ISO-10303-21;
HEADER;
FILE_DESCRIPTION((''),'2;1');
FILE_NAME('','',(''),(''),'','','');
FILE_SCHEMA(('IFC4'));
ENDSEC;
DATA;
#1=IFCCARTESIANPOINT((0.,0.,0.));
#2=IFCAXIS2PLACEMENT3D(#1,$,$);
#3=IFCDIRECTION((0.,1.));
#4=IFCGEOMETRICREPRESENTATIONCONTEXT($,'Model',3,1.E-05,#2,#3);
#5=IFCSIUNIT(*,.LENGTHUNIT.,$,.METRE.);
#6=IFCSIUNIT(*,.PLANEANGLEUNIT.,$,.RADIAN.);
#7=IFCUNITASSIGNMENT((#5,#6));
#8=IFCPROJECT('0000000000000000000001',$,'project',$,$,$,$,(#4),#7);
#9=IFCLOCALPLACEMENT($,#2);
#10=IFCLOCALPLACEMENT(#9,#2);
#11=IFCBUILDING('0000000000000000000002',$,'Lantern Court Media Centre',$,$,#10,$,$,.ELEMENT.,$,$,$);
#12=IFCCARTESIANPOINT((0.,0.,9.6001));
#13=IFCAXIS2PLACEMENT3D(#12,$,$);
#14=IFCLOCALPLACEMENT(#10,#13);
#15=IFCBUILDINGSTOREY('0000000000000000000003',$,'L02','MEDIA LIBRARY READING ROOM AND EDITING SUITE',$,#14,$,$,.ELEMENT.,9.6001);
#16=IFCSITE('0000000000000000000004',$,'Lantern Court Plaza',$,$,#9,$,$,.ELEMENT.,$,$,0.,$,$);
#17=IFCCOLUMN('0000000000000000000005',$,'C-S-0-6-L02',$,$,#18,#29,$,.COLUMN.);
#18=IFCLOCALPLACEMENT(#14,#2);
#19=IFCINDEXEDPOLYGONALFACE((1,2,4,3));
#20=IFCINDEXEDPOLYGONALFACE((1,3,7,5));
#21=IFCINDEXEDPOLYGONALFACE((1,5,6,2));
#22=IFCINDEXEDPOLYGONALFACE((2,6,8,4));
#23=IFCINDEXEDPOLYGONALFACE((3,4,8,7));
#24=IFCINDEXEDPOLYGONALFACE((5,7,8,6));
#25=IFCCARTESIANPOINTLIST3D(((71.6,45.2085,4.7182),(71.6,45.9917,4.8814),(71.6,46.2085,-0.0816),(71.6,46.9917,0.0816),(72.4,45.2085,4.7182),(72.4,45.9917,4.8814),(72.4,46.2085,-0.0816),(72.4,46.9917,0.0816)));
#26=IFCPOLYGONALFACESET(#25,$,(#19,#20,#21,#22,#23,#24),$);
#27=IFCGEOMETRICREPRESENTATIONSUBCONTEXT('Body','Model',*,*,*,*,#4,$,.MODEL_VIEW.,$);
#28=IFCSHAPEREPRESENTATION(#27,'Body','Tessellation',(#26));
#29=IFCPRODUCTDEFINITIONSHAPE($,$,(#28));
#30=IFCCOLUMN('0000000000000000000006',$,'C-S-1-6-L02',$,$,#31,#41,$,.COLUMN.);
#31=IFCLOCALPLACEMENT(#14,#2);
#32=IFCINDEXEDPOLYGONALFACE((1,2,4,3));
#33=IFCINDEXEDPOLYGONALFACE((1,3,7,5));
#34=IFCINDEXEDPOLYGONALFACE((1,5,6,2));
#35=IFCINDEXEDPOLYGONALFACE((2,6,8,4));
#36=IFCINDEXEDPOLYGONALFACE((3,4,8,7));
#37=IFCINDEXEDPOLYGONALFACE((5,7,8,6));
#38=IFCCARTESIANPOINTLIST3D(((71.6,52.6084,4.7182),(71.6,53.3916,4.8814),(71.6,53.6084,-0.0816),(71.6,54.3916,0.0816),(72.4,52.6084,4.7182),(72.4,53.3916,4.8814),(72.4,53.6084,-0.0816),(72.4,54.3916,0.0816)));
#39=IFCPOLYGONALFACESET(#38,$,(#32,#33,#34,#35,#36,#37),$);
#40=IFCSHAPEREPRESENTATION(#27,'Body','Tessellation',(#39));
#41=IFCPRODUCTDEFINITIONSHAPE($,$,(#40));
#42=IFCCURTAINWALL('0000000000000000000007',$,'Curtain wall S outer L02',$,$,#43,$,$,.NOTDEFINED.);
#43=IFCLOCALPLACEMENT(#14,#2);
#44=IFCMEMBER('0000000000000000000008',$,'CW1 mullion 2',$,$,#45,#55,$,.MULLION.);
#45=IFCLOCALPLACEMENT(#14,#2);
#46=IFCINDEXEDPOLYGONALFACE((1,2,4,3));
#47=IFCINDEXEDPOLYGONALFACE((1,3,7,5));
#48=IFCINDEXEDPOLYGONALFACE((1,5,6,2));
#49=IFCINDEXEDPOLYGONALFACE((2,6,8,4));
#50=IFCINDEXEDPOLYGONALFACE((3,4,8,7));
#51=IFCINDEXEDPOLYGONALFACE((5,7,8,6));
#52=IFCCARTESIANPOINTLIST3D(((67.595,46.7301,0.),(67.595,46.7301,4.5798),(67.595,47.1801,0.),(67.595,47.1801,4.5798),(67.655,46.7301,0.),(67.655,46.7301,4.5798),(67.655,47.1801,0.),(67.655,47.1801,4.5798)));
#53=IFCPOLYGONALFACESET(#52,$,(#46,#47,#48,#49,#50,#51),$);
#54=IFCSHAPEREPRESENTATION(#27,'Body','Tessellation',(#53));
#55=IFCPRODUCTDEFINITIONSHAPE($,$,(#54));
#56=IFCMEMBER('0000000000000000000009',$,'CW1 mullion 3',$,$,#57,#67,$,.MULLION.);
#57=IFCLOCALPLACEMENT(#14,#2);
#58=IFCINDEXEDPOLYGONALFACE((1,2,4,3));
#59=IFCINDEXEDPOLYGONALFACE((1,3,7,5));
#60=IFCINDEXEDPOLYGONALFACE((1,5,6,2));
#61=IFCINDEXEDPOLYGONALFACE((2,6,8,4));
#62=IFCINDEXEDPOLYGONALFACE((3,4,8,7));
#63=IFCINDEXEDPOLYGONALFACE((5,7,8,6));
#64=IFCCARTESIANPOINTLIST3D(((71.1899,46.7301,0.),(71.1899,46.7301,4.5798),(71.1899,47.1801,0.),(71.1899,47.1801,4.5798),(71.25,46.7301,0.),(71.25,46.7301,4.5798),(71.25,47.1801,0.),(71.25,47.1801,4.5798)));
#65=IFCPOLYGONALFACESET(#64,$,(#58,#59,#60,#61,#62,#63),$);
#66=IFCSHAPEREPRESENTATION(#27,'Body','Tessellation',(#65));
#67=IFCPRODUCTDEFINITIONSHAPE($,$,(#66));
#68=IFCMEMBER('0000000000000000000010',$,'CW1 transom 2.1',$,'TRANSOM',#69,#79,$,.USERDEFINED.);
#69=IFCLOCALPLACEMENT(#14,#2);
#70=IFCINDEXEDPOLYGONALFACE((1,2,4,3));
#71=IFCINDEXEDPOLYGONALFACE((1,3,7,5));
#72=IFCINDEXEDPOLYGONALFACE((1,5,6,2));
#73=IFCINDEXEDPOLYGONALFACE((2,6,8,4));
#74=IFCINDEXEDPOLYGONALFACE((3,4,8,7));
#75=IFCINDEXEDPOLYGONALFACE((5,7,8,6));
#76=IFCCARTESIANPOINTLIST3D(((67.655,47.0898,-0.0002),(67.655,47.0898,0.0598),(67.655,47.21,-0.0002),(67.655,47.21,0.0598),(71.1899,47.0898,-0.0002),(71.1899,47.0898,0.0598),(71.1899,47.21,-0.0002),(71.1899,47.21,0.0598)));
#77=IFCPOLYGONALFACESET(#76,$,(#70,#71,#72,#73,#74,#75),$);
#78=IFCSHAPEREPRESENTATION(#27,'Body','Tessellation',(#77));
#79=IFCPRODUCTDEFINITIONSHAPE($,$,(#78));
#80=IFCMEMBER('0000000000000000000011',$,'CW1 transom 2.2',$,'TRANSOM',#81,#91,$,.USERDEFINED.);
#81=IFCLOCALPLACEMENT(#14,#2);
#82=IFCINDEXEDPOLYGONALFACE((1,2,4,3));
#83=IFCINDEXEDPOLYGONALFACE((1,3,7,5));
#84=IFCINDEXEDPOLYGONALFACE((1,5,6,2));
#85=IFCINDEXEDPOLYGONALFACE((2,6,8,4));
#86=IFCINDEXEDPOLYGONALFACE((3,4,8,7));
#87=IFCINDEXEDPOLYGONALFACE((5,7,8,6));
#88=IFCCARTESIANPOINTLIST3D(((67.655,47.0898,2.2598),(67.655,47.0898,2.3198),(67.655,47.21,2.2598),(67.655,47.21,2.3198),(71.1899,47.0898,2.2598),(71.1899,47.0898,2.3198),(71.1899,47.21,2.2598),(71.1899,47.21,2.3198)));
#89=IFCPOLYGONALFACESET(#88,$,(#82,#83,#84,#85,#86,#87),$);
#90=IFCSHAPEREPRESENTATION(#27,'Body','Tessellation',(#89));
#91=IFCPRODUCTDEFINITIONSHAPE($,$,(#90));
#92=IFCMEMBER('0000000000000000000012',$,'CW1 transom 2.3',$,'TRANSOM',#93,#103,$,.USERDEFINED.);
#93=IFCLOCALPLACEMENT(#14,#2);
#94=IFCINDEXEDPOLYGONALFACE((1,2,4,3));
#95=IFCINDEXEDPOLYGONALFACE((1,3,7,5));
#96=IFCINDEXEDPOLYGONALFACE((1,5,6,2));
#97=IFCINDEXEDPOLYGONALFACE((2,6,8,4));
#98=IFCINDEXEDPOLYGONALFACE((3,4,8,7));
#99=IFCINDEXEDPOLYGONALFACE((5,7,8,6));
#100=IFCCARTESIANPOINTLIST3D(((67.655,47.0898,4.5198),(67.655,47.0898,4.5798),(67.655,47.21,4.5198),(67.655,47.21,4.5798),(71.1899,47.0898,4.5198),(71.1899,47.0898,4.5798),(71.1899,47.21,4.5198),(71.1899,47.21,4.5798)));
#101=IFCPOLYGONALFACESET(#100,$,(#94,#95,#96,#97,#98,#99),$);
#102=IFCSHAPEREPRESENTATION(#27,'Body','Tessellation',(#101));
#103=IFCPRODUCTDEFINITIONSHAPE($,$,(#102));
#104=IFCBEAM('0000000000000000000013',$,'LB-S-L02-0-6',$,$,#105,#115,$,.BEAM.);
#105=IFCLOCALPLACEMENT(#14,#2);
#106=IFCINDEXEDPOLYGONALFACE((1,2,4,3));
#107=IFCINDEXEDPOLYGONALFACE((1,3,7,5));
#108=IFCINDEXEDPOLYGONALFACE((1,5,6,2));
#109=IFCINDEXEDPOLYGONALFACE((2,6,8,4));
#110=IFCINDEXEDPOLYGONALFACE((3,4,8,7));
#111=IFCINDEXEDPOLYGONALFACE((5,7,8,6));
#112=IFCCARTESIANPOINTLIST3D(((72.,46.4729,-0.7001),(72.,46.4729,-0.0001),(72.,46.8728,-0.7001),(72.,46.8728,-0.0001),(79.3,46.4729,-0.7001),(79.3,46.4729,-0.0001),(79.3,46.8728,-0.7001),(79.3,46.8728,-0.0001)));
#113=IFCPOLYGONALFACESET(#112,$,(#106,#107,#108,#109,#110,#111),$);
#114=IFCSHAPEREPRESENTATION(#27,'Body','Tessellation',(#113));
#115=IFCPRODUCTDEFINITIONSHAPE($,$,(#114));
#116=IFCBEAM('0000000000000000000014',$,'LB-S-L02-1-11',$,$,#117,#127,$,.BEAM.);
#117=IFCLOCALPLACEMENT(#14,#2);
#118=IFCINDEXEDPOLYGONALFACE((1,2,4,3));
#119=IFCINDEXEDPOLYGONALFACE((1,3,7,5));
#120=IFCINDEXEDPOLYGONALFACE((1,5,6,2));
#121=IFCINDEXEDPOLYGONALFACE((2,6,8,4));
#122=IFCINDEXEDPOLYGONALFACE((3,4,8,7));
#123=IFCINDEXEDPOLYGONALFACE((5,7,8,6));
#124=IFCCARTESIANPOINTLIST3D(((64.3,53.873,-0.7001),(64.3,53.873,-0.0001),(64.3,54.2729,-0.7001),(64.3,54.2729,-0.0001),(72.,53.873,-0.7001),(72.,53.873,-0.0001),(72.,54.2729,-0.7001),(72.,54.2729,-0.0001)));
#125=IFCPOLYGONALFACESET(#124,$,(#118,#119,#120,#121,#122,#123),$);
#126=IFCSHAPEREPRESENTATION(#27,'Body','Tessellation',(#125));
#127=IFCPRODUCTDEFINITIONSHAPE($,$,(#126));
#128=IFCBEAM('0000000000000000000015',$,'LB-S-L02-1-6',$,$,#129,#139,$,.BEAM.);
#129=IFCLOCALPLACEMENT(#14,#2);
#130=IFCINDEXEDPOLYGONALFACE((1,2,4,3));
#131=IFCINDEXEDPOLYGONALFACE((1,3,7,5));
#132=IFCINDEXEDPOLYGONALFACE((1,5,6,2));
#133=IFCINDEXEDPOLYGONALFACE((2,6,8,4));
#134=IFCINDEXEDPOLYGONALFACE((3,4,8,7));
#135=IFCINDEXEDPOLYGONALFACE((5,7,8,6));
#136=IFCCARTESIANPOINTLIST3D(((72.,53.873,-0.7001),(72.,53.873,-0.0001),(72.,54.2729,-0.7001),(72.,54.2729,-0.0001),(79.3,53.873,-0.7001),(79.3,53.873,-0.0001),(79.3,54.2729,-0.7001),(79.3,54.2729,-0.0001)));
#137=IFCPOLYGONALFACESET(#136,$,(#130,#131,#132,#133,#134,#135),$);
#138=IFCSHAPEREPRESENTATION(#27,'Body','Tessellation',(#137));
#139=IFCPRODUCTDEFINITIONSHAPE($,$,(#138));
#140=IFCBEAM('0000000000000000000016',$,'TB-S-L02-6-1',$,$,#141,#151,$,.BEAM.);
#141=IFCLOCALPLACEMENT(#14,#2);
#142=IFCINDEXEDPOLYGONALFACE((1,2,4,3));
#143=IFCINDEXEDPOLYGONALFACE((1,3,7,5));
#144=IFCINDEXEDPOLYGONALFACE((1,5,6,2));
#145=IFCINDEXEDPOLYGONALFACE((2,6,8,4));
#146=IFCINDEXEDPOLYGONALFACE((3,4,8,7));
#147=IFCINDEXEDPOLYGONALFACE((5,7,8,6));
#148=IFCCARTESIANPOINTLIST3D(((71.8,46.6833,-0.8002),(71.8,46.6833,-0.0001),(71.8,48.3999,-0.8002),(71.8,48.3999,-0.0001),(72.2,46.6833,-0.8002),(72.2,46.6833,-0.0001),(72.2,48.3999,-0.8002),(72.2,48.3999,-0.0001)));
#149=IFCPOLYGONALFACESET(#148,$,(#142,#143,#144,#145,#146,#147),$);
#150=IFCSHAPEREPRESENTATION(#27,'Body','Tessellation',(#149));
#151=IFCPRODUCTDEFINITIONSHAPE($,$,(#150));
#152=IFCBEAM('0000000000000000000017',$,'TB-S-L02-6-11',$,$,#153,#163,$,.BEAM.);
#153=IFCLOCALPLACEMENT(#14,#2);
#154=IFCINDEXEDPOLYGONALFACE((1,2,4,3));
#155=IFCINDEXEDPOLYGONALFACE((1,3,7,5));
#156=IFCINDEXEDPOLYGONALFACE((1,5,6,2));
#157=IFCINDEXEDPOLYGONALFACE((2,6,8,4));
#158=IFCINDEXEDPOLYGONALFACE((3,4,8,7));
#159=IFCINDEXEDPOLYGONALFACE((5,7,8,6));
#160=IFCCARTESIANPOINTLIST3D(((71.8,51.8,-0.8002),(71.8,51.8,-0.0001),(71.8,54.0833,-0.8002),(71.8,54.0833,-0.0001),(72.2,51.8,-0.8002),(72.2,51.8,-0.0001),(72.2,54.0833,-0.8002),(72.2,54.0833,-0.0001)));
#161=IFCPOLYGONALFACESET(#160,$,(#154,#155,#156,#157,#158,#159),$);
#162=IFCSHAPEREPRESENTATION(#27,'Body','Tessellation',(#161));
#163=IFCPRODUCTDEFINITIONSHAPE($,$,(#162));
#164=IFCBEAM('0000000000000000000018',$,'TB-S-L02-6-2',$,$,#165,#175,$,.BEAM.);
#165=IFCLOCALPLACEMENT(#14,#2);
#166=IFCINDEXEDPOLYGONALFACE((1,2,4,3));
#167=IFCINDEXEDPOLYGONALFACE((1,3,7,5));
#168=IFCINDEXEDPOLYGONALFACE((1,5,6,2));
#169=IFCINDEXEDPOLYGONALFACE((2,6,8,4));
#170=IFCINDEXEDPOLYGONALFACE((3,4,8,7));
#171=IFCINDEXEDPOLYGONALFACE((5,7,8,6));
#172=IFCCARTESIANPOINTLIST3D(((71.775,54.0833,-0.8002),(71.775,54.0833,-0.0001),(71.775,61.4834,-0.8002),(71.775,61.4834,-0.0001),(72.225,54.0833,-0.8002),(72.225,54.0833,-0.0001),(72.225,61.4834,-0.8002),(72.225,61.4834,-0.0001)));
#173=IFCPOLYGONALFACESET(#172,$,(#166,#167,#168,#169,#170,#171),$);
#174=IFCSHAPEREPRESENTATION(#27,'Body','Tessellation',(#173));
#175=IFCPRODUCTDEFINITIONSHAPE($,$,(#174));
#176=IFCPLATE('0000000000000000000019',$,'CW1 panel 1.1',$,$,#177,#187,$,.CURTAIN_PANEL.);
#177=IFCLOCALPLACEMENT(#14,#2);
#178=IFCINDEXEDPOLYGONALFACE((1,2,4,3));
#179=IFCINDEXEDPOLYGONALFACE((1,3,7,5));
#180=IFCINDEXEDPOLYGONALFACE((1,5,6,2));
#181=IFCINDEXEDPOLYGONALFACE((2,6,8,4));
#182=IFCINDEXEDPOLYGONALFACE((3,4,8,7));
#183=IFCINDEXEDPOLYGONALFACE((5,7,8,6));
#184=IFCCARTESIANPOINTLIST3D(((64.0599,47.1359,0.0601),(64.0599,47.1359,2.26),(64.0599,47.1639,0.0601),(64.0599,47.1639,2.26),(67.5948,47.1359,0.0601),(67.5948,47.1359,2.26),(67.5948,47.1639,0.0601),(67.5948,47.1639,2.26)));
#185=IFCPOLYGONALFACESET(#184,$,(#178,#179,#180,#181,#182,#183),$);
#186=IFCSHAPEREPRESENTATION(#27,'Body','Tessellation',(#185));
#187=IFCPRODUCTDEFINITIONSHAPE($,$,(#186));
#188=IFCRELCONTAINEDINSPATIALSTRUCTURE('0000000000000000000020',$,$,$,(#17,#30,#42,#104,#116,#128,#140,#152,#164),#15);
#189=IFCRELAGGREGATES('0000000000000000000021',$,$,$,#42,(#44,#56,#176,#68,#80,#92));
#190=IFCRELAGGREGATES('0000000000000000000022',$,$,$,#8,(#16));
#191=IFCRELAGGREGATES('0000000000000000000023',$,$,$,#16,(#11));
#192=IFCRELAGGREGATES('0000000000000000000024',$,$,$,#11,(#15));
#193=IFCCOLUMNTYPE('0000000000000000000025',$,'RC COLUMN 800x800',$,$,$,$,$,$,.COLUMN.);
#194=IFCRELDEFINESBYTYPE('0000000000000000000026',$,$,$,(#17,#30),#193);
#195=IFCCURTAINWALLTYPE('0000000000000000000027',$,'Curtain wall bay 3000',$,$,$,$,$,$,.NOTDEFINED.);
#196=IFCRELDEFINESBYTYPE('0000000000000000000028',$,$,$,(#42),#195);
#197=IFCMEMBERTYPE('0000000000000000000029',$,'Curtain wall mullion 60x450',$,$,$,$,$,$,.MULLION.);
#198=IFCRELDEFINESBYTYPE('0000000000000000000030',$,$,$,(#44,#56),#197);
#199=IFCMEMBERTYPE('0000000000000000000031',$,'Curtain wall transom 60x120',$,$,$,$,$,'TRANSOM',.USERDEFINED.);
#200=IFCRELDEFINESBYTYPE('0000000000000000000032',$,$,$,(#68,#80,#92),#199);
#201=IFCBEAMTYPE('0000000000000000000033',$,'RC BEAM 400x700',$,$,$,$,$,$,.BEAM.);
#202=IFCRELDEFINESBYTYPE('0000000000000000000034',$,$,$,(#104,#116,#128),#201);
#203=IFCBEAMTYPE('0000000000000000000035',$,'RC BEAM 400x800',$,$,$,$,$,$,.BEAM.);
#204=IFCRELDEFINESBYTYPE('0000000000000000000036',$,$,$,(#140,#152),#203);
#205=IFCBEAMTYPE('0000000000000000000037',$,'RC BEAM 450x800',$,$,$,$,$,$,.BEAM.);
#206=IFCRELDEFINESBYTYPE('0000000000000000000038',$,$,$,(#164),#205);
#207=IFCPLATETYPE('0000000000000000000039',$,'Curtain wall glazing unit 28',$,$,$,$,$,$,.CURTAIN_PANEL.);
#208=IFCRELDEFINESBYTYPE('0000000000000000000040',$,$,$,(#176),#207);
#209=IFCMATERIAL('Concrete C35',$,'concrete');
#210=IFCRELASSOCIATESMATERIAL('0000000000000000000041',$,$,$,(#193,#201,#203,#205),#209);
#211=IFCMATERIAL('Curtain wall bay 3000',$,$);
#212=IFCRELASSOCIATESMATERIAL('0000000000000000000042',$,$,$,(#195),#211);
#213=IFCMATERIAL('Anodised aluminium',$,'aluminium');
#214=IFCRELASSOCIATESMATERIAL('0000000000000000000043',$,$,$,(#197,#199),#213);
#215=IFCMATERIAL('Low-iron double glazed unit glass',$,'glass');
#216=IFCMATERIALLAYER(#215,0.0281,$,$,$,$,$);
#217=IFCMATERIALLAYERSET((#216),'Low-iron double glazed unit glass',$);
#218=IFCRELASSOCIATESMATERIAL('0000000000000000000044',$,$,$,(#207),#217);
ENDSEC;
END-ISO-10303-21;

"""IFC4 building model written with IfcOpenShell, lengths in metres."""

from ifc_helpers import new_model, si_unit, direction, frame, origin, origin_2d, place, context, subcontext, project, spatial, rectangle, extrude, material, layer, layer_set, material_profile, profile_set, type_object, element, aggregate, save


model = new_model("IFC4")

# Units and contexts
model_context = context("Model", 3, precision=1e-05, world=origin(), true_north=direction((0.0, 1.0)))
body_context = subcontext(model_context, "Body", "Model", "MODEL_VIEW")
ifc_project = project(units=[si_unit("LENGTHUNIT", "METRE"), si_unit("PLANEANGLEUNIT", "RADIAN")], contexts=[model_context])

# Site, building, storey
site_placement = place(None, origin())
site = spatial("IfcSite", under=ifc_project, at=site_placement, Name="Lantern Court Plaza", CompositionType="ELEMENT", RefElevation=0.0)
building_placement = place(site_placement, origin())
building = spatial("IfcBuilding", under=site, at=building_placement, Name="Lantern Court Media Centre", CompositionType="ELEMENT")
storey_placement = place(building_placement, frame((0.0, 0.0, 9.6001)))
storey = spatial("IfcBuildingStorey", under=building, at=storey_placement, Name="L02", Description="MEDIA LIBRARY READING ROOM AND EDITING SUITE", CompositionType="ELEMENT", Elevation=9.6001)

# Columns
ifc_material_1 = material(Name="Concrete C35", Category="concrete")
ifc_material_profile_1 = material_profile(ifc_material_1, rectangle(XDim=0.8, YDim=0.8, at=origin_2d()), Name="RC 800x800")
ifc_profile_set_1 = profile_set([ifc_material_profile_1], Name="Concrete C35")
column_type = type_object("IfcColumnType", Name="RC COLUMN 800x800", PredefinedType="COLUMN", material=ifc_profile_set_1)
for number, where, z_axis, x_axis, name in (
    (1, (72.0, 46.6001, 0.0), (0.0, -0.203962, 0.978979), (1.0, 0.0, 0.0), "C-S-0-6-L02"),
    (2, (72.0, 54.0, 0.0), (0.0, -0.203962, 0.978979), (1.0, 0.0, 0.0), "C-S-1-6-L02"),
):
    element("IfcColumn", number, at=place(storey_placement, frame(where, z_axis=z_axis, x_axis=x_axis)), inside=storey, type_object=column_type, Name=name, PredefinedType="COLUMN", context=body_context, shape_type="SweptSolid", body=[
        extrude(rectangle(XDim=0.8, YDim=0.8, at=origin_2d()), origin(), (0.0, 0.0, 1.0), 4.9028),
    ])

# Curtain wall, members
ifc_material_2 = material(Name="Curtain wall bay 3000")
curtain_wall_type = type_object("IfcCurtainWallType", Name="Curtain wall bay 3000", PredefinedType="NOTDEFINED", material=ifc_material_2)
curtain_wall_placement = place(storey_placement, origin())
curtain_wall = element("IfcCurtainWall", 3, at=curtain_wall_placement, inside=storey, type_object=curtain_wall_type, Name="Curtain wall S outer L02", PredefinedType="NOTDEFINED")
ifc_material_3 = material(Name="Anodised aluminium", Category="aluminium")
ifc_material_profile_2 = material_profile(ifc_material_3, rectangle(XDim=0.45, YDim=0.0601, at=origin_2d()), Name="AL 60x450")
ifc_profile_set_2 = profile_set([ifc_material_profile_2], Name="Anodised aluminium")
member_type_1 = type_object("IfcMemberType", Name="Curtain wall mullion 60x450", PredefinedType="MULLION", material=ifc_profile_set_2)
member_1_placement = place(storey_placement, frame((67.625, 46.9551, 0.0), z_axis=(0.0, 0.0, 1.0), x_axis=(0.0, 1.0, 0.0)))
member_1 = element("IfcMember", 4, at=member_1_placement, type_object=member_type_1, Name="CW1 mullion 2", PredefinedType="MULLION", context=body_context, shape_type="SweptSolid", body=[
    extrude(rectangle(XDim=0.45, YDim=0.0601, at=origin_2d()), origin(), (0.0, 0.0, 1.0), 4.5798),
])
member_2_placement = place(storey_placement, frame((71.22, 46.9551, 0.0), z_axis=(0.0, 0.0, 1.0), x_axis=(0.0, 1.0, 0.0)))
member_2 = element("IfcMember", 5, at=member_2_placement, type_object=member_type_1, Name="CW1 mullion 3", PredefinedType="MULLION", context=body_context, shape_type="SweptSolid", body=[
    extrude(rectangle(XDim=0.45, YDim=0.0601, at=origin_2d()), origin(), (0.0, 0.0, 1.0), 4.5798),
])
ifc_material_profile_3 = material_profile(ifc_material_3, rectangle(XDim=0.1201, YDim=0.0601, at=origin_2d()), Name="AL 60x120")
ifc_profile_set_3 = profile_set([ifc_material_profile_3], Name="Anodised aluminium")
member_type_2 = type_object("IfcMemberType", Name="Curtain wall transom 60x120", ElementType="TRANSOM", PredefinedType="USERDEFINED", material=ifc_profile_set_3)
member_3_placement = place(storey_placement, frame((67.655, 47.1499, 0.0298), z_axis=(1.0, 0.0, 0.0), x_axis=(0.0, 1.0, 0.0)))
member_3 = element("IfcMember", 6, at=member_3_placement, type_object=member_type_2, Name="CW1 transom 2.1", ObjectType="TRANSOM", PredefinedType="USERDEFINED", context=body_context, shape_type="SweptSolid", body=[
    extrude(rectangle(XDim=0.1201, YDim=0.0601, at=origin_2d()), origin(), (0.0, 0.0, 1.0), 3.5349),
])
member_4_placement = place(storey_placement, frame((67.655, 47.1499, 2.2898), z_axis=(1.0, 0.0, 0.0), x_axis=(0.0, 1.0, 0.0)))
member_4 = element("IfcMember", 7, at=member_4_placement, type_object=member_type_2, Name="CW1 transom 2.2", ObjectType="TRANSOM", PredefinedType="USERDEFINED", context=body_context, shape_type="SweptSolid", body=[
    extrude(rectangle(XDim=0.1201, YDim=0.0601, at=origin_2d()), origin(), (0.0, 0.0, 1.0), 3.5349),
])
member_5_placement = place(storey_placement, frame((67.655, 47.1499, 4.5498), z_axis=(1.0, 0.0, 0.0), x_axis=(0.0, 1.0, 0.0)))
member_5 = element("IfcMember", 8, at=member_5_placement, type_object=member_type_2, Name="CW1 transom 2.3", ObjectType="TRANSOM", PredefinedType="USERDEFINED", context=body_context, shape_type="SweptSolid", body=[
    extrude(rectangle(XDim=0.1201, YDim=0.0601, at=origin_2d()), origin(), (0.0, 0.0, 1.0), 3.5349),
])

# Beams
ifc_material_profile_4 = material_profile(ifc_material_1, rectangle(XDim=0.3999, YDim=0.7, at=origin_2d()), Name="RC 400x700")
ifc_profile_set_4 = profile_set([ifc_material_profile_4], Name="Concrete C35")
beam_type_1 = type_object("IfcBeamType", Name="RC BEAM 400x700", PredefinedType="BEAM", material=ifc_profile_set_4)
beam_1_placement = place(storey_placement, frame((72.0, 46.6729, -0.3501), z_axis=(1.0, 0.0, 0.0), x_axis=(0.0, 1.0, 0.0)))
element("IfcBeam", 9, at=beam_1_placement, inside=storey, type_object=beam_type_1, Name="LB-S-L02-0-6", PredefinedType="BEAM", context=body_context, shape_type="SweptSolid", body=[
    extrude(rectangle(XDim=0.3999, YDim=0.7, at=origin_2d()), origin(), (0.0, 0.0, 1.0), 7.3),
])
beam_2_placement = place(storey_placement, frame((64.3, 54.073, -0.3501), z_axis=(1.0, 0.0, 0.0), x_axis=(0.0, 1.0, 0.0)))
element("IfcBeam", 10, at=beam_2_placement, inside=storey, type_object=beam_type_1, Name="LB-S-L02-1-11", PredefinedType="BEAM", context=body_context, shape_type="SweptSolid", body=[
    extrude(rectangle(XDim=0.3999, YDim=0.7, at=origin_2d()), origin(), (0.0, 0.0, 1.0), 7.7),
])
beam_3_placement = place(storey_placement, frame((72.0, 54.073, -0.3501), z_axis=(1.0, 0.0, 0.0), x_axis=(0.0, 1.0, 0.0)))
element("IfcBeam", 11, at=beam_3_placement, inside=storey, type_object=beam_type_1, Name="LB-S-L02-1-6", PredefinedType="BEAM", context=body_context, shape_type="SweptSolid", body=[
    extrude(rectangle(XDim=0.3999, YDim=0.7, at=origin_2d()), origin(), (0.0, 0.0, 1.0), 7.3),
])
ifc_material_profile_5 = material_profile(ifc_material_1, rectangle(XDim=0.3999, YDim=0.8, at=origin_2d()), Name="RC 400x800")
ifc_profile_set_5 = profile_set([ifc_material_profile_5], Name="Concrete C35")
beam_type_2 = type_object("IfcBeamType", Name="RC BEAM 400x800", PredefinedType="BEAM", material=ifc_profile_set_5)
beam_4_placement = place(storey_placement, frame((72.0, 46.6833, -0.4001), z_axis=(0.0, 1.0, 0.0), x_axis=(-1.0, 0.0, 0.0)))
element("IfcBeam", 12, at=beam_4_placement, inside=storey, type_object=beam_type_2, Name="TB-S-L02-6-1", PredefinedType="BEAM", context=body_context, shape_type="SweptSolid", body=[
    extrude(rectangle(XDim=0.3999, YDim=0.8, at=origin_2d()), origin(), (0.0, 0.0, 1.0), 1.7166),
])
beam_5_placement = place(storey_placement, frame((72.0, 51.8, -0.4001), z_axis=(0.0, 1.0, 0.0), x_axis=(-1.0, 0.0, 0.0)))
element("IfcBeam", 13, at=beam_5_placement, inside=storey, type_object=beam_type_2, Name="TB-S-L02-6-11", PredefinedType="BEAM", context=body_context, shape_type="SweptSolid", body=[
    extrude(rectangle(XDim=0.3999, YDim=0.8, at=origin_2d()), origin(), (0.0, 0.0, 1.0), 2.2832),
])
ifc_material_profile_6 = material_profile(ifc_material_1, rectangle(XDim=0.45, YDim=0.8, at=origin_2d()), Name="RC 450x800")
ifc_profile_set_6 = profile_set([ifc_material_profile_6], Name="Concrete C35")
beam_type_3 = type_object("IfcBeamType", Name="RC BEAM 450x800", PredefinedType="BEAM", material=ifc_profile_set_6)
beam_6_placement = place(storey_placement, frame((72.0, 54.0833, -0.4001), z_axis=(0.0, 1.0, 0.0), x_axis=(-1.0, 0.0, 0.0)))
element("IfcBeam", 14, at=beam_6_placement, inside=storey, type_object=beam_type_3, Name="TB-S-L02-6-2", PredefinedType="BEAM", context=body_context, shape_type="SweptSolid", body=[
    extrude(rectangle(XDim=0.45, YDim=0.8, at=origin_2d()), origin(), (0.0, 0.0, 1.0), 7.4001),
])

# Plate
ifc_material_4 = material(Name="Low-iron double glazed unit glass", Category="glass")
ifc_layer_1 = layer(ifc_material_4, 0.0281)
ifc_layer_set_1 = layer_set([ifc_layer_1], Name="Low-iron double glazed unit glass")
plate_type = type_object("IfcPlateType", Name="Curtain wall glazing unit 28", PredefinedType="CURTAIN_PANEL", material=ifc_layer_set_1)
plate_1_placement = place(storey_placement, frame((65.8274, 47.1499, 0.0601), z_axis=(0.0, 0.0, 1.0), x_axis=(1.0, 0.0, 0.0)))
plate_1 = element("IfcPlate", 15, at=plate_1_placement, type_object=plate_type, Name="CW1 panel 1.1", PredefinedType="CURTAIN_PANEL", context=body_context, shape_type="SweptSolid", body=[
    extrude(rectangle(XDim=3.5349, YDim=0.0281, at=origin_2d()), origin(), (0.0, 0.0, 1.0), 2.2),
])
aggregate(curtain_wall, [member_1, member_2, plate_1, member_3, member_4, member_5])

save(model, "model.ifc")
